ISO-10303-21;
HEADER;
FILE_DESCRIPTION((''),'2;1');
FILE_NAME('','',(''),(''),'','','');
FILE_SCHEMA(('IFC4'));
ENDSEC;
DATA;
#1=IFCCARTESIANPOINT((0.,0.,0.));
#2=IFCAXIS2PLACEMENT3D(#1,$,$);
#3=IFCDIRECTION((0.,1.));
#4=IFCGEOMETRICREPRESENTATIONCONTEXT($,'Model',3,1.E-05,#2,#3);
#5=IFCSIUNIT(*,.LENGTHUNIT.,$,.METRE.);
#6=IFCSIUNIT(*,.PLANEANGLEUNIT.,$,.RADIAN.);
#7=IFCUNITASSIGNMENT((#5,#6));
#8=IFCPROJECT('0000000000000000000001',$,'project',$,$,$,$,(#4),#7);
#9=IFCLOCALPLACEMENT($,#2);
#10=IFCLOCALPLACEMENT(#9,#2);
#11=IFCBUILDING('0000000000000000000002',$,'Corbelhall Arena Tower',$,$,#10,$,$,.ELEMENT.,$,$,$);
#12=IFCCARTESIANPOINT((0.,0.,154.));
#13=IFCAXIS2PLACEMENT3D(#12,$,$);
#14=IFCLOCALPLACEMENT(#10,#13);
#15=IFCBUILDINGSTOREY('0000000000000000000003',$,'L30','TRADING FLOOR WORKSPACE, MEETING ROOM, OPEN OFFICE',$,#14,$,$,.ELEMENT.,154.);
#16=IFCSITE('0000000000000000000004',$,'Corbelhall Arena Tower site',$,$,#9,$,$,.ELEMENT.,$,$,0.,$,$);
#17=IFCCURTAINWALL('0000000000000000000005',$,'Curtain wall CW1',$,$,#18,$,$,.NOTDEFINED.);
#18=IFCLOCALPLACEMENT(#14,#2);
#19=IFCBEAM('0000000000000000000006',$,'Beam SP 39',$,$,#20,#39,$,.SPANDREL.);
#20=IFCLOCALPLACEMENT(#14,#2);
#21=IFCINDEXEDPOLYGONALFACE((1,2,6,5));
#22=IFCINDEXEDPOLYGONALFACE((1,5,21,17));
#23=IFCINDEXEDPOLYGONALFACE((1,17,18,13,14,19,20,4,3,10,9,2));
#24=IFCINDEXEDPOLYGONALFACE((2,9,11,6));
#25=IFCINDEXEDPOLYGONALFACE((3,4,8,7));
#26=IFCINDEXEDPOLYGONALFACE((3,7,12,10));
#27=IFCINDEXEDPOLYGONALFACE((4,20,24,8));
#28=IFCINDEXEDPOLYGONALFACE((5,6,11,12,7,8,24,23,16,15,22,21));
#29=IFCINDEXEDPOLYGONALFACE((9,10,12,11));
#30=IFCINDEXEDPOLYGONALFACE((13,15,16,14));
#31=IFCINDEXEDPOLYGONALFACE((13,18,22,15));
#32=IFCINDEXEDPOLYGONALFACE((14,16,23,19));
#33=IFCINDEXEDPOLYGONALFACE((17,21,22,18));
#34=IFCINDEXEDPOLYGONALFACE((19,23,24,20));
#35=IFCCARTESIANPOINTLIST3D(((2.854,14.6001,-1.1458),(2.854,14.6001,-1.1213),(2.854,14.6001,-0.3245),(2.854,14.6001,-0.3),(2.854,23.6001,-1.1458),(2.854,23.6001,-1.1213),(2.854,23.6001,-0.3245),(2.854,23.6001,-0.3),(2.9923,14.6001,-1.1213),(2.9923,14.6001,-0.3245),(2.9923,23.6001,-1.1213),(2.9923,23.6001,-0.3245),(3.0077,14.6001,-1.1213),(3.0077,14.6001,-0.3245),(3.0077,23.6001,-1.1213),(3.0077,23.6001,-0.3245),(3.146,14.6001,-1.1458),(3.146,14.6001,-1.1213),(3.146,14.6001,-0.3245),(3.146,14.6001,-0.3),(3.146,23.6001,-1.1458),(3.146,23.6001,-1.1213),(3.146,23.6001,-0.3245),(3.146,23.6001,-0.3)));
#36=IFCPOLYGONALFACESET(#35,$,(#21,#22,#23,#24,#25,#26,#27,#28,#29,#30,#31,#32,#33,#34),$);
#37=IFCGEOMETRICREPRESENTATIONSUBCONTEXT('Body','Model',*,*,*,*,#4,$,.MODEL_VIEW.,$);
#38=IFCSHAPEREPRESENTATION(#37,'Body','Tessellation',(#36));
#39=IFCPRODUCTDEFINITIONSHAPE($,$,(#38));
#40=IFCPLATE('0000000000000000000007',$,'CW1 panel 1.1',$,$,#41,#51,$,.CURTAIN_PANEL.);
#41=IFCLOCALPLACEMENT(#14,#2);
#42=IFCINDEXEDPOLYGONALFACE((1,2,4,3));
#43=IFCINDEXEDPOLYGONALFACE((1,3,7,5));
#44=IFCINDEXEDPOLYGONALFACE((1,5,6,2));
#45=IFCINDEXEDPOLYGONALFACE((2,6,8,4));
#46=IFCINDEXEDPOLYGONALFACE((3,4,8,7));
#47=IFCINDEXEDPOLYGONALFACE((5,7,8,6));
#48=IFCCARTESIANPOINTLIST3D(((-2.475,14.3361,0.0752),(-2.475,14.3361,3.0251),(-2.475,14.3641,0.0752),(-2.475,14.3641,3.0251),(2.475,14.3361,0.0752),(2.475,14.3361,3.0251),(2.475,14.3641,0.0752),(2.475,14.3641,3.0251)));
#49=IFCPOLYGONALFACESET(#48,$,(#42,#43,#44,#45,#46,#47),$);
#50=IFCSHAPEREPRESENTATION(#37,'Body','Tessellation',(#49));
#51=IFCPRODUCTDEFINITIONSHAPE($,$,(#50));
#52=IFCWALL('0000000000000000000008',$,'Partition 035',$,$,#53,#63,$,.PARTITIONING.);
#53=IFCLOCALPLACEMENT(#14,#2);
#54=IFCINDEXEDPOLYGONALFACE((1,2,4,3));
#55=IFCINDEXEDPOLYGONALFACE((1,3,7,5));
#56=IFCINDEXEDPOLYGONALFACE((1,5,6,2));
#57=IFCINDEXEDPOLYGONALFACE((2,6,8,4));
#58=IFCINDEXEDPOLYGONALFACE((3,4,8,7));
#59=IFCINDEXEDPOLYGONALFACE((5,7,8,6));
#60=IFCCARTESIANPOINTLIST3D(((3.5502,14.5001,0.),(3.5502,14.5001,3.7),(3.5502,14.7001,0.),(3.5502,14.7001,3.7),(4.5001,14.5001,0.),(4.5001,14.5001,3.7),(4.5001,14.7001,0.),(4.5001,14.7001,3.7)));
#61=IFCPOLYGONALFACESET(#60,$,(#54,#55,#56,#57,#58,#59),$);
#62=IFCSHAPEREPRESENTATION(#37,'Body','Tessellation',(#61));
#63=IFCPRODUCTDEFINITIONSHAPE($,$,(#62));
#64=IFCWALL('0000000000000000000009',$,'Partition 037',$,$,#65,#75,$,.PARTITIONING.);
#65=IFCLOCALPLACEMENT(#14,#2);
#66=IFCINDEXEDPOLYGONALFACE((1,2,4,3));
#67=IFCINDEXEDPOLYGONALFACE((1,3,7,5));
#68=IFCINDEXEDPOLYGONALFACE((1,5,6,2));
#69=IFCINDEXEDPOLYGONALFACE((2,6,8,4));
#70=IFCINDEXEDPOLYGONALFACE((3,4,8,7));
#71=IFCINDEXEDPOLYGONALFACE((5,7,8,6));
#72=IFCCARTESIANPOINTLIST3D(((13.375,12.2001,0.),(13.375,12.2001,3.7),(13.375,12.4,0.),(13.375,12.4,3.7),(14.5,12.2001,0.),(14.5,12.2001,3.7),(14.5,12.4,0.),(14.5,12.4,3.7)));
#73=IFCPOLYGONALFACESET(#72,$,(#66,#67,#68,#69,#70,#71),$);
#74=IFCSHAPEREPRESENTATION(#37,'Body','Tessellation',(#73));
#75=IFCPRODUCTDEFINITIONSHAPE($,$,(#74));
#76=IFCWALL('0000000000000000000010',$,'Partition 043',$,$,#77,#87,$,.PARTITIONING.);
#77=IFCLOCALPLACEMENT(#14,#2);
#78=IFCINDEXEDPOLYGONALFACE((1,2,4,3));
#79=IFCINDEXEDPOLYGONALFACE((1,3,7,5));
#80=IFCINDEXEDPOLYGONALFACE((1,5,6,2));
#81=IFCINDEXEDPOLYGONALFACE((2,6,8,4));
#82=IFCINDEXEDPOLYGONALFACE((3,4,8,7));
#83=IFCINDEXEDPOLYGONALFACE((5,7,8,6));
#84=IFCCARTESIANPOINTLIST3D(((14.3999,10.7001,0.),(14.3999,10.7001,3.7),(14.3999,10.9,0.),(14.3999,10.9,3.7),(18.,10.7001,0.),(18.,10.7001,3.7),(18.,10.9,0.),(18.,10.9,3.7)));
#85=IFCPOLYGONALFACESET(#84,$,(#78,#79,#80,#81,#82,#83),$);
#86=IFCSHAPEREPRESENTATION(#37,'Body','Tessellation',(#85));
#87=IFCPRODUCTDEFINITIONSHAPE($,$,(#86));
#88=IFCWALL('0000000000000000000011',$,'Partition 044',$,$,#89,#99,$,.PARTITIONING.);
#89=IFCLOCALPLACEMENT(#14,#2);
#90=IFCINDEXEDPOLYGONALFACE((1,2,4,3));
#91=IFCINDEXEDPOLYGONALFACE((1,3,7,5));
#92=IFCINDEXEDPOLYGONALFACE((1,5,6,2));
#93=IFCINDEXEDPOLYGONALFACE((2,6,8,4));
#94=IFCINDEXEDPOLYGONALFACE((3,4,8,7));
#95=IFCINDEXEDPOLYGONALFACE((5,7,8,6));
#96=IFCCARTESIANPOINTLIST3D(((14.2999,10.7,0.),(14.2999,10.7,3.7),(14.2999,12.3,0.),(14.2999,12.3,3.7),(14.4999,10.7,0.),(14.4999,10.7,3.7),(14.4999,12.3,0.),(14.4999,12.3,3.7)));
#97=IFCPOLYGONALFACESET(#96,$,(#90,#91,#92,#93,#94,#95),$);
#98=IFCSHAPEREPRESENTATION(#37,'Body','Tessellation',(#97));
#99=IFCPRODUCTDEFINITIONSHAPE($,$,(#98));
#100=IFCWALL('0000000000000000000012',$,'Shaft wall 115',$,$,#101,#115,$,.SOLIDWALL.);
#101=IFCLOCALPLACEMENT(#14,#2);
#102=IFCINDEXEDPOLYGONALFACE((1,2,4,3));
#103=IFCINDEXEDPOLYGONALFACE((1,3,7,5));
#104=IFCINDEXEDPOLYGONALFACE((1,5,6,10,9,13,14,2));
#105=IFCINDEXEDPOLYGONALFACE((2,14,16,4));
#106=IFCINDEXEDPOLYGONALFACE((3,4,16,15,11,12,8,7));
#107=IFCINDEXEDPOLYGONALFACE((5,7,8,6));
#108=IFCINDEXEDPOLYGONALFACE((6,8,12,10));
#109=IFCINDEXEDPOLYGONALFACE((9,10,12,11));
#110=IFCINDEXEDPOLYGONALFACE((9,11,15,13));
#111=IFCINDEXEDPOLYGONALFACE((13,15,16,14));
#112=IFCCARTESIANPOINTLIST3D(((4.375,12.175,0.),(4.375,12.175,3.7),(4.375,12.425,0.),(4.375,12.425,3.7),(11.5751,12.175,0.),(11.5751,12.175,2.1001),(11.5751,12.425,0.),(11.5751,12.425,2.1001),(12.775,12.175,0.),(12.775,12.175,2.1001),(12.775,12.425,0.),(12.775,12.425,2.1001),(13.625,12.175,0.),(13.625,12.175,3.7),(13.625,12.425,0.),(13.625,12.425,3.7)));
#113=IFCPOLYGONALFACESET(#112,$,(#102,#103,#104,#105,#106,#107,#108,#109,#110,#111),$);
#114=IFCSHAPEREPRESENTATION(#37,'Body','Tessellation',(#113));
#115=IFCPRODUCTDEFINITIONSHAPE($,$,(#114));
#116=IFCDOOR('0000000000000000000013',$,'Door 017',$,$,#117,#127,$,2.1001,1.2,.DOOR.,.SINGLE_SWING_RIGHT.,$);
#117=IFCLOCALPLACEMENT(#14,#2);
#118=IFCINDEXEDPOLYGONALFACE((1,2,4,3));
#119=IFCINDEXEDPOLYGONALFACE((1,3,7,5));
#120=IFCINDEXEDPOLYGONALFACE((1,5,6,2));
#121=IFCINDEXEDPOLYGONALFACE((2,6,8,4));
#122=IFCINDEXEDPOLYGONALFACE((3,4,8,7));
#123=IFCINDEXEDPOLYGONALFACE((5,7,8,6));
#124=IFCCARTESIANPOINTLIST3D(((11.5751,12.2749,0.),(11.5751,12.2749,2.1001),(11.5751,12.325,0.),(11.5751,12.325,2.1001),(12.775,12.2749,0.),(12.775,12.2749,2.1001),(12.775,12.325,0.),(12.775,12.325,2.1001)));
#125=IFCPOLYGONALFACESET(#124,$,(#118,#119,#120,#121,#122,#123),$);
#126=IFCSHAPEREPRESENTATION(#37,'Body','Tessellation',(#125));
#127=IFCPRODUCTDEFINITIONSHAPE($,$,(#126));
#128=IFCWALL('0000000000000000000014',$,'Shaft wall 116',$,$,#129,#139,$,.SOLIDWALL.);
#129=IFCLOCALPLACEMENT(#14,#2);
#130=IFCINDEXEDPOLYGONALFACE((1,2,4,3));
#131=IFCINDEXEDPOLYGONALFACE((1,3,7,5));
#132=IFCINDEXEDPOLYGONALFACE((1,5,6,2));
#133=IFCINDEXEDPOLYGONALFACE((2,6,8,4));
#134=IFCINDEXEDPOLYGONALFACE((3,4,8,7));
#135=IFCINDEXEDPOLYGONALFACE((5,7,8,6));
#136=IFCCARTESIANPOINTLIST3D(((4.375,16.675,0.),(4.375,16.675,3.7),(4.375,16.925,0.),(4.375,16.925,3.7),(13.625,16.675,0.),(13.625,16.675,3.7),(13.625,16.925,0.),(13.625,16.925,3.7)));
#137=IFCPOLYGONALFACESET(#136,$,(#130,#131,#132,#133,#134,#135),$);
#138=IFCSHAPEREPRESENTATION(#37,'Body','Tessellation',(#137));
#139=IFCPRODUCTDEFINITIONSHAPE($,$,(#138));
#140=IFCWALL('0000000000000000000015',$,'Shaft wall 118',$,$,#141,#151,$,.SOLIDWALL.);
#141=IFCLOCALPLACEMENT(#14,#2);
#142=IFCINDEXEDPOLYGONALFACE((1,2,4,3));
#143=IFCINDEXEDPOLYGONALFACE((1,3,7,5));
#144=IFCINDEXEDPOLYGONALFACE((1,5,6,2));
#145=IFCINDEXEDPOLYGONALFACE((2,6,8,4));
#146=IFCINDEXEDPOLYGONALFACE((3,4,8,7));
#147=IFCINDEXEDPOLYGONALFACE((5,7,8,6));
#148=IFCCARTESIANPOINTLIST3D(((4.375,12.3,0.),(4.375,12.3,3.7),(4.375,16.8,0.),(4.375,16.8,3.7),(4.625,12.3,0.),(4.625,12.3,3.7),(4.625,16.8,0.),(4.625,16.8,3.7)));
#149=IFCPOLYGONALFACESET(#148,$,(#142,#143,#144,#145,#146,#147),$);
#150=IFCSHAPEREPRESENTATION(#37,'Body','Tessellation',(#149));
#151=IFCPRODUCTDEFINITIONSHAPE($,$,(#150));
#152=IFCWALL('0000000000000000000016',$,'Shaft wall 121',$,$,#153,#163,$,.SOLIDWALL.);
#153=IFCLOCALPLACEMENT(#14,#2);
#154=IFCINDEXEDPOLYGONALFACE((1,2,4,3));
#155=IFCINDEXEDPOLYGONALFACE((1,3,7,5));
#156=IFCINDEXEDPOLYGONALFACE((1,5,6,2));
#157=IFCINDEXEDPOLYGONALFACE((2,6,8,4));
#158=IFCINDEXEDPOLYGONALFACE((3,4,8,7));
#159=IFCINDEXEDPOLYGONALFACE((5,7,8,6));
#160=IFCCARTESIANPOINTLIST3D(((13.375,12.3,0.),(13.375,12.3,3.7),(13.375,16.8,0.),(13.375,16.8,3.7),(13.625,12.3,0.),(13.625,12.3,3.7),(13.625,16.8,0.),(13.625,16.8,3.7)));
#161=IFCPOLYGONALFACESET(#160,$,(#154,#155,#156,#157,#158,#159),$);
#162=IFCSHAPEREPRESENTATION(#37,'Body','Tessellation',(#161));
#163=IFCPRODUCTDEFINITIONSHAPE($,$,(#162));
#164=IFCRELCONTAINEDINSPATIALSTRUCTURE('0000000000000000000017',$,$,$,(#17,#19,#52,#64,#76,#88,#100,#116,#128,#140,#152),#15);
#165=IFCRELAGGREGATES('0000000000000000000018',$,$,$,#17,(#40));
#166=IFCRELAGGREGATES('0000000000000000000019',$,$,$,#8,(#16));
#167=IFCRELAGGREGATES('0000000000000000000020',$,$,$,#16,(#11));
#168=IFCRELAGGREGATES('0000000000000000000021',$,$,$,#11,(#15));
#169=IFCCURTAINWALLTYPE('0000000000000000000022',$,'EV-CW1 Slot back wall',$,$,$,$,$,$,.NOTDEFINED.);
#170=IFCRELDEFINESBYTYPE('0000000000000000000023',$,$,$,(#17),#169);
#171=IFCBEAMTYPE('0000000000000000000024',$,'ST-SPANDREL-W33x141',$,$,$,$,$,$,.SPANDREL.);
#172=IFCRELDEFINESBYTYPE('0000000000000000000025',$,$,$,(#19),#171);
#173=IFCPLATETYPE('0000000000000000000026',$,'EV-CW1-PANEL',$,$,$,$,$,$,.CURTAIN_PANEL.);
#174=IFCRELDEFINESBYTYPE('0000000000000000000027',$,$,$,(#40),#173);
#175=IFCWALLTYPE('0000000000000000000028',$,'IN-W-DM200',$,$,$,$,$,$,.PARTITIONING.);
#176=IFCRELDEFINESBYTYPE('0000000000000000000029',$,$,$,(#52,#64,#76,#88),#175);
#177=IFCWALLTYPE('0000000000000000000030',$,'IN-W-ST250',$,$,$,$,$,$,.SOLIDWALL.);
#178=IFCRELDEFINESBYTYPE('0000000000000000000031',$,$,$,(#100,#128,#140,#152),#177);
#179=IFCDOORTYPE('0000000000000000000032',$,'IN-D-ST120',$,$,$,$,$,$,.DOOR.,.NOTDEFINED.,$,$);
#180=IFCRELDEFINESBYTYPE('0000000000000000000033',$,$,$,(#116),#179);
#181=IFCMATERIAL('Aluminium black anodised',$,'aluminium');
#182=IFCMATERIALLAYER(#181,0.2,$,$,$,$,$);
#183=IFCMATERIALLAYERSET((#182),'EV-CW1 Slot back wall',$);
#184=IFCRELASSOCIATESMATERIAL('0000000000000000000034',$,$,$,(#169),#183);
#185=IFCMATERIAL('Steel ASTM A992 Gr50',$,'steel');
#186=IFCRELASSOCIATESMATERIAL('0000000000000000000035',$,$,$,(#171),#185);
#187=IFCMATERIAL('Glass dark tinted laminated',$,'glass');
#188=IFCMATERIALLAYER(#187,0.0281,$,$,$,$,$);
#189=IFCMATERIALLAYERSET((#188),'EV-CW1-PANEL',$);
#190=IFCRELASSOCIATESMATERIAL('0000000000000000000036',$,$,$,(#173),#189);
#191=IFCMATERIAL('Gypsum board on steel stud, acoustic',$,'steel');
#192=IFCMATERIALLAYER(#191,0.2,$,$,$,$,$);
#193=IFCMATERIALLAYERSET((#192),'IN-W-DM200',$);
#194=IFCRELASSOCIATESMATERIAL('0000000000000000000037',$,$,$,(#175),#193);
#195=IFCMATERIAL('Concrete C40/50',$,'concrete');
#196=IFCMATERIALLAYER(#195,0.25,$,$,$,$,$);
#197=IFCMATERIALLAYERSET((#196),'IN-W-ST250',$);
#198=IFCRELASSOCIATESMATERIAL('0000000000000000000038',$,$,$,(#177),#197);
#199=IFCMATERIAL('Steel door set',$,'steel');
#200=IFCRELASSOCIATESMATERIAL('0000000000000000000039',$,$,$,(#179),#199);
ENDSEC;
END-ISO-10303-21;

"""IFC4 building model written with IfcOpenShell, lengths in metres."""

from ifc_helpers import new_model, si_unit, direction, frame, frame_2d, origin, origin_2d, place, context, subcontext, project, spatial, rectangle, i_section, extrude, material, layer, layer_set, material_profile, profile_set, type_object, element, fill, aggregate, save


model = new_model("IFC4")

# Units and contexts
model_context = context("Model", 3, precision=1e-05, world=origin(), true_north=direction((0.0, 1.0)))
body_context = subcontext(model_context, "Body", "Model", "MODEL_VIEW")
ifc_project = project(units=[si_unit("LENGTHUNIT", "METRE"), si_unit("PLANEANGLEUNIT", "RADIAN")], contexts=[model_context])

# Site, building, storey
site_placement = place(None, origin())
site = spatial("IfcSite", under=ifc_project, at=site_placement, Name="Corbelhall Arena Tower site", CompositionType="ELEMENT", RefElevation=0.0)
building_placement = place(site_placement, origin())
building = spatial("IfcBuilding", under=site, at=building_placement, Name="Corbelhall Arena Tower", CompositionType="ELEMENT")
storey_placement = place(building_placement, frame((0.0, 0.0, 154.0)))
storey = spatial("IfcBuildingStorey", under=building, at=storey_placement, Name="L30", Description="TRADING FLOOR WORKSPACE, MEETING ROOM, OPEN OFFICE", CompositionType="ELEMENT", Elevation=154.0)

# Curtain wall
ifc_material_1 = material(Name="Aluminium black anodised", Category="aluminium")
ifc_layer_1 = layer(ifc_material_1, 0.2)
ifc_layer_set_1 = layer_set([ifc_layer_1], Name="EV-CW1 Slot back wall")
curtain_wall_type = type_object("IfcCurtainWallType", Name="EV-CW1 Slot back wall", PredefinedType="NOTDEFINED", material=ifc_layer_set_1)
curtain_wall_placement = place(storey_placement, origin())
curtain_wall = element("IfcCurtainWall", 1, at=curtain_wall_placement, inside=storey, type_object=curtain_wall_type, Name="Curtain wall CW1", PredefinedType="NOTDEFINED")

# Beam
ifc_material_2 = material(Name="Steel ASTM A992 Gr50", Category="steel")
ifc_material_profile_1 = material_profile(ifc_material_2, i_section(OverallWidth=0.292, OverallDepth=0.8457, WebThickness=0.0154, FlangeThickness=0.0244, at=origin_2d()))
ifc_profile_set_1 = profile_set([ifc_material_profile_1], Name="Steel ASTM A992 Gr50")
beam_type_1 = type_object("IfcBeamType", Name="ST-SPANDREL-W33x141", PredefinedType="SPANDREL", material=ifc_profile_set_1)
beam_1_placement = place(storey_placement, frame((3.0, 14.6001, -0.7229), z_axis=(0.0, 1.0, 0.0), x_axis=(-1.0, 0.0, 0.0)))
element("IfcBeam", 2, at=beam_1_placement, inside=storey, type_object=beam_type_1, Name="Beam SP 39", PredefinedType="SPANDREL", context=body_context, shape_type="SweptSolid", body=[
    extrude(i_section(OverallWidth=0.292, OverallDepth=0.8457, WebThickness=0.0154, FlangeThickness=0.0244, at=origin_2d()), origin(), (0.0, 0.0, 1.0), 9.0),
])

# Plate
ifc_material_3 = material(Name="Glass dark tinted laminated", Category="glass")
ifc_layer_2 = layer(ifc_material_3, 0.0281)
ifc_layer_set_2 = layer_set([ifc_layer_2], Name="EV-CW1-PANEL")
plate_type = type_object("IfcPlateType", Name="EV-CW1-PANEL", PredefinedType="CURTAIN_PANEL", material=ifc_layer_set_2)
plate_placement = place(storey_placement, frame((0.0, 14.3501, 0.0752), z_axis=(0.0, 0.0, 1.0), x_axis=(-1.0, 0.0, 0.0)))
plate = element("IfcPlate", 3, at=plate_placement, type_object=plate_type, Name="CW1 panel 1.1", PredefinedType="CURTAIN_PANEL", context=body_context, shape_type="SweptSolid", body=[
    extrude(rectangle(XDim=4.95, YDim=0.0281, at=origin_2d()), origin(), (0.0, 0.0, 1.0), 2.95),
])
aggregate(curtain_wall, [plate])

# Walls
ifc_material_4 = material(Name="Gypsum board on steel stud, acoustic", Category="steel")
ifc_layer_3 = layer(ifc_material_4, 0.2)
ifc_layer_set_3 = layer_set([ifc_layer_3], Name="IN-W-DM200")
wall_type_1 = type_object("IfcWallType", Name="IN-W-DM200", PredefinedType="PARTITIONING", material=ifc_layer_set_3)
wall_1_placement = place(storey_placement, frame((3.55, 14.6001, 0.0), z_axis=(0.0, 0.0, 1.0), x_axis=(1.0, 0.0, 0.0)))
element("IfcWall", 4, at=wall_1_placement, inside=storey, type_object=wall_type_1, Name="Partition 035", PredefinedType="PARTITIONING", context=body_context, shape_type="SweptSolid", body=[
    extrude(rectangle(XDim=0.95, YDim=0.2, at=frame_2d((0.4751, 0.0))), origin(), (0.0, 0.0, 1.0), 3.7),
])
wall_2_placement = place(storey_placement, frame((13.375, 12.3, 0.0), z_axis=(0.0, 0.0, 1.0), x_axis=(1.0, 0.0, 0.0)))
element("IfcWall", 5, at=wall_2_placement, inside=storey, type_object=wall_type_1, Name="Partition 037", PredefinedType="PARTITIONING", context=body_context, shape_type="SweptSolid", body=[
    extrude(rectangle(XDim=1.125, YDim=0.2, at=frame_2d((0.5625, 0.0))), origin(), (0.0, 0.0, 1.0), 3.7),
])
wall_3_placement = place(storey_placement, frame((14.3999, 10.8, 0.0), z_axis=(0.0, 0.0, 1.0), x_axis=(1.0, 0.0, 0.0)))
element("IfcWall", 6, at=wall_3_placement, inside=storey, type_object=wall_type_1, Name="Partition 043", PredefinedType="PARTITIONING", context=body_context, shape_type="SweptSolid", body=[
    extrude(rectangle(XDim=3.6001, YDim=0.2, at=frame_2d((1.8, 0.0))), origin(), (0.0, 0.0, 1.0), 3.7),
])
wall_4_placement = place(storey_placement, frame((14.3999, 12.3, 0.0), z_axis=(0.0, 0.0, 1.0), x_axis=(0.0, -1.0, 0.0)))
element("IfcWall", 7, at=wall_4_placement, inside=storey, type_object=wall_type_1, Name="Partition 044", PredefinedType="PARTITIONING", context=body_context, shape_type="SweptSolid", body=[
    extrude(rectangle(XDim=1.6001, YDim=0.2, at=frame_2d((0.8, 0.0))), origin(), (0.0, 0.0, 1.0), 3.7),
])

# Wall, opening, door
ifc_material_5 = material(Name="Concrete C40/50", Category="concrete")
ifc_layer_4 = layer(ifc_material_5, 0.25)
ifc_layer_set_4 = layer_set([ifc_layer_4], Name="IN-W-ST250")
wall_type_2 = type_object("IfcWallType", Name="IN-W-ST250", PredefinedType="SOLIDWALL", material=ifc_layer_set_4)
wall_5_placement = place(storey_placement, frame((4.375, 12.3, 0.0), z_axis=(0.0, 0.0, 1.0), x_axis=(1.0, 0.0, 0.0)))
wall_5 = element("IfcWall", 8, at=wall_5_placement, inside=storey, type_object=wall_type_2, Name="Shaft wall 115", PredefinedType="SOLIDWALL", context=body_context, shape_type="SweptSolid", body=[
    extrude(rectangle(XDim=9.25, YDim=0.25, at=frame_2d((4.625, 0.0))), origin(), (0.0, 0.0, 1.0), 3.7),
])
opening_1_placement = place(wall_5_placement, frame((7.2, 0.0, 0.0)))
opening_1 = element("IfcOpeningElement", 9, at=opening_1_placement, cuts=wall_5, PredefinedType="OPENING", context=body_context, shape_type="SweptSolid", body=[
    extrude(rectangle(XDim=1.2, YDim=2.1001, at=frame_2d((0.6001, 1.05))), frame((0.0, 0.125, 0.0), z_axis=(0.0, -1.0, 0.0), x_axis=(1.0, 0.0, 0.0)), (0.0, 0.0, 1.0), 0.25),
])
ifc_material_6 = material(Name="Steel door set", Category="steel")
door_type = type_object("IfcDoorType", Name="IN-D-ST120", OperationType="NOTDEFINED", PredefinedType="DOOR", material=ifc_material_6)
door_placement = place(opening_1_placement, origin())
door = element("IfcDoor", 10, at=door_placement, inside=storey, type_object=door_type, Name="Door 017", OperationType="SINGLE_SWING_RIGHT", OverallHeight=2.1001, OverallWidth=1.2, PredefinedType="DOOR", context=body_context, shape_type="SweptSolid", body=[
    extrude(rectangle(XDim=1.2, YDim=2.1001, at=frame_2d((0.6001, 1.05))), frame((0.0, 0.0249, 0.0), z_axis=(0.0, -1.0, 0.0), x_axis=(1.0, 0.0, 0.0)), (0.0, 0.0, 1.0), 0.05),
])
fill(opening_1, door)

# Walls
wall_6_placement = place(storey_placement, frame((4.375, 16.8, 0.0), z_axis=(0.0, 0.0, 1.0), x_axis=(1.0, 0.0, 0.0)))
element("IfcWall", 11, at=wall_6_placement, inside=storey, type_object=wall_type_2, Name="Shaft wall 116", PredefinedType="SOLIDWALL", context=body_context, shape_type="SweptSolid", body=[
    extrude(rectangle(XDim=9.25, YDim=0.25, at=frame_2d((4.625, 0.0))), origin(), (0.0, 0.0, 1.0), 3.7),
])
for number, where, z_axis, x_axis, name in (
    (12, (4.5, 12.3, 0.0), (0.0, 0.0, 1.0), (0.0, 1.0, 0.0), "Shaft wall 118"),
    (13, (13.5, 16.8, 0.0), (0.0, 0.0, 1.0), (0.0, -1.0, 0.0), "Shaft wall 121"),
):
    element("IfcWall", number, at=place(storey_placement, frame(where, z_axis=z_axis, x_axis=x_axis)), inside=storey, type_object=wall_type_2, Name=name, PredefinedType="SOLIDWALL", context=body_context, shape_type="SweptSolid", body=[
        extrude(rectangle(XDim=4.5, YDim=0.25, at=frame_2d((2.25, 0.0))), origin(), (0.0, 0.0, 1.0), 3.7),
    ])

save(model, "model.ifc")
